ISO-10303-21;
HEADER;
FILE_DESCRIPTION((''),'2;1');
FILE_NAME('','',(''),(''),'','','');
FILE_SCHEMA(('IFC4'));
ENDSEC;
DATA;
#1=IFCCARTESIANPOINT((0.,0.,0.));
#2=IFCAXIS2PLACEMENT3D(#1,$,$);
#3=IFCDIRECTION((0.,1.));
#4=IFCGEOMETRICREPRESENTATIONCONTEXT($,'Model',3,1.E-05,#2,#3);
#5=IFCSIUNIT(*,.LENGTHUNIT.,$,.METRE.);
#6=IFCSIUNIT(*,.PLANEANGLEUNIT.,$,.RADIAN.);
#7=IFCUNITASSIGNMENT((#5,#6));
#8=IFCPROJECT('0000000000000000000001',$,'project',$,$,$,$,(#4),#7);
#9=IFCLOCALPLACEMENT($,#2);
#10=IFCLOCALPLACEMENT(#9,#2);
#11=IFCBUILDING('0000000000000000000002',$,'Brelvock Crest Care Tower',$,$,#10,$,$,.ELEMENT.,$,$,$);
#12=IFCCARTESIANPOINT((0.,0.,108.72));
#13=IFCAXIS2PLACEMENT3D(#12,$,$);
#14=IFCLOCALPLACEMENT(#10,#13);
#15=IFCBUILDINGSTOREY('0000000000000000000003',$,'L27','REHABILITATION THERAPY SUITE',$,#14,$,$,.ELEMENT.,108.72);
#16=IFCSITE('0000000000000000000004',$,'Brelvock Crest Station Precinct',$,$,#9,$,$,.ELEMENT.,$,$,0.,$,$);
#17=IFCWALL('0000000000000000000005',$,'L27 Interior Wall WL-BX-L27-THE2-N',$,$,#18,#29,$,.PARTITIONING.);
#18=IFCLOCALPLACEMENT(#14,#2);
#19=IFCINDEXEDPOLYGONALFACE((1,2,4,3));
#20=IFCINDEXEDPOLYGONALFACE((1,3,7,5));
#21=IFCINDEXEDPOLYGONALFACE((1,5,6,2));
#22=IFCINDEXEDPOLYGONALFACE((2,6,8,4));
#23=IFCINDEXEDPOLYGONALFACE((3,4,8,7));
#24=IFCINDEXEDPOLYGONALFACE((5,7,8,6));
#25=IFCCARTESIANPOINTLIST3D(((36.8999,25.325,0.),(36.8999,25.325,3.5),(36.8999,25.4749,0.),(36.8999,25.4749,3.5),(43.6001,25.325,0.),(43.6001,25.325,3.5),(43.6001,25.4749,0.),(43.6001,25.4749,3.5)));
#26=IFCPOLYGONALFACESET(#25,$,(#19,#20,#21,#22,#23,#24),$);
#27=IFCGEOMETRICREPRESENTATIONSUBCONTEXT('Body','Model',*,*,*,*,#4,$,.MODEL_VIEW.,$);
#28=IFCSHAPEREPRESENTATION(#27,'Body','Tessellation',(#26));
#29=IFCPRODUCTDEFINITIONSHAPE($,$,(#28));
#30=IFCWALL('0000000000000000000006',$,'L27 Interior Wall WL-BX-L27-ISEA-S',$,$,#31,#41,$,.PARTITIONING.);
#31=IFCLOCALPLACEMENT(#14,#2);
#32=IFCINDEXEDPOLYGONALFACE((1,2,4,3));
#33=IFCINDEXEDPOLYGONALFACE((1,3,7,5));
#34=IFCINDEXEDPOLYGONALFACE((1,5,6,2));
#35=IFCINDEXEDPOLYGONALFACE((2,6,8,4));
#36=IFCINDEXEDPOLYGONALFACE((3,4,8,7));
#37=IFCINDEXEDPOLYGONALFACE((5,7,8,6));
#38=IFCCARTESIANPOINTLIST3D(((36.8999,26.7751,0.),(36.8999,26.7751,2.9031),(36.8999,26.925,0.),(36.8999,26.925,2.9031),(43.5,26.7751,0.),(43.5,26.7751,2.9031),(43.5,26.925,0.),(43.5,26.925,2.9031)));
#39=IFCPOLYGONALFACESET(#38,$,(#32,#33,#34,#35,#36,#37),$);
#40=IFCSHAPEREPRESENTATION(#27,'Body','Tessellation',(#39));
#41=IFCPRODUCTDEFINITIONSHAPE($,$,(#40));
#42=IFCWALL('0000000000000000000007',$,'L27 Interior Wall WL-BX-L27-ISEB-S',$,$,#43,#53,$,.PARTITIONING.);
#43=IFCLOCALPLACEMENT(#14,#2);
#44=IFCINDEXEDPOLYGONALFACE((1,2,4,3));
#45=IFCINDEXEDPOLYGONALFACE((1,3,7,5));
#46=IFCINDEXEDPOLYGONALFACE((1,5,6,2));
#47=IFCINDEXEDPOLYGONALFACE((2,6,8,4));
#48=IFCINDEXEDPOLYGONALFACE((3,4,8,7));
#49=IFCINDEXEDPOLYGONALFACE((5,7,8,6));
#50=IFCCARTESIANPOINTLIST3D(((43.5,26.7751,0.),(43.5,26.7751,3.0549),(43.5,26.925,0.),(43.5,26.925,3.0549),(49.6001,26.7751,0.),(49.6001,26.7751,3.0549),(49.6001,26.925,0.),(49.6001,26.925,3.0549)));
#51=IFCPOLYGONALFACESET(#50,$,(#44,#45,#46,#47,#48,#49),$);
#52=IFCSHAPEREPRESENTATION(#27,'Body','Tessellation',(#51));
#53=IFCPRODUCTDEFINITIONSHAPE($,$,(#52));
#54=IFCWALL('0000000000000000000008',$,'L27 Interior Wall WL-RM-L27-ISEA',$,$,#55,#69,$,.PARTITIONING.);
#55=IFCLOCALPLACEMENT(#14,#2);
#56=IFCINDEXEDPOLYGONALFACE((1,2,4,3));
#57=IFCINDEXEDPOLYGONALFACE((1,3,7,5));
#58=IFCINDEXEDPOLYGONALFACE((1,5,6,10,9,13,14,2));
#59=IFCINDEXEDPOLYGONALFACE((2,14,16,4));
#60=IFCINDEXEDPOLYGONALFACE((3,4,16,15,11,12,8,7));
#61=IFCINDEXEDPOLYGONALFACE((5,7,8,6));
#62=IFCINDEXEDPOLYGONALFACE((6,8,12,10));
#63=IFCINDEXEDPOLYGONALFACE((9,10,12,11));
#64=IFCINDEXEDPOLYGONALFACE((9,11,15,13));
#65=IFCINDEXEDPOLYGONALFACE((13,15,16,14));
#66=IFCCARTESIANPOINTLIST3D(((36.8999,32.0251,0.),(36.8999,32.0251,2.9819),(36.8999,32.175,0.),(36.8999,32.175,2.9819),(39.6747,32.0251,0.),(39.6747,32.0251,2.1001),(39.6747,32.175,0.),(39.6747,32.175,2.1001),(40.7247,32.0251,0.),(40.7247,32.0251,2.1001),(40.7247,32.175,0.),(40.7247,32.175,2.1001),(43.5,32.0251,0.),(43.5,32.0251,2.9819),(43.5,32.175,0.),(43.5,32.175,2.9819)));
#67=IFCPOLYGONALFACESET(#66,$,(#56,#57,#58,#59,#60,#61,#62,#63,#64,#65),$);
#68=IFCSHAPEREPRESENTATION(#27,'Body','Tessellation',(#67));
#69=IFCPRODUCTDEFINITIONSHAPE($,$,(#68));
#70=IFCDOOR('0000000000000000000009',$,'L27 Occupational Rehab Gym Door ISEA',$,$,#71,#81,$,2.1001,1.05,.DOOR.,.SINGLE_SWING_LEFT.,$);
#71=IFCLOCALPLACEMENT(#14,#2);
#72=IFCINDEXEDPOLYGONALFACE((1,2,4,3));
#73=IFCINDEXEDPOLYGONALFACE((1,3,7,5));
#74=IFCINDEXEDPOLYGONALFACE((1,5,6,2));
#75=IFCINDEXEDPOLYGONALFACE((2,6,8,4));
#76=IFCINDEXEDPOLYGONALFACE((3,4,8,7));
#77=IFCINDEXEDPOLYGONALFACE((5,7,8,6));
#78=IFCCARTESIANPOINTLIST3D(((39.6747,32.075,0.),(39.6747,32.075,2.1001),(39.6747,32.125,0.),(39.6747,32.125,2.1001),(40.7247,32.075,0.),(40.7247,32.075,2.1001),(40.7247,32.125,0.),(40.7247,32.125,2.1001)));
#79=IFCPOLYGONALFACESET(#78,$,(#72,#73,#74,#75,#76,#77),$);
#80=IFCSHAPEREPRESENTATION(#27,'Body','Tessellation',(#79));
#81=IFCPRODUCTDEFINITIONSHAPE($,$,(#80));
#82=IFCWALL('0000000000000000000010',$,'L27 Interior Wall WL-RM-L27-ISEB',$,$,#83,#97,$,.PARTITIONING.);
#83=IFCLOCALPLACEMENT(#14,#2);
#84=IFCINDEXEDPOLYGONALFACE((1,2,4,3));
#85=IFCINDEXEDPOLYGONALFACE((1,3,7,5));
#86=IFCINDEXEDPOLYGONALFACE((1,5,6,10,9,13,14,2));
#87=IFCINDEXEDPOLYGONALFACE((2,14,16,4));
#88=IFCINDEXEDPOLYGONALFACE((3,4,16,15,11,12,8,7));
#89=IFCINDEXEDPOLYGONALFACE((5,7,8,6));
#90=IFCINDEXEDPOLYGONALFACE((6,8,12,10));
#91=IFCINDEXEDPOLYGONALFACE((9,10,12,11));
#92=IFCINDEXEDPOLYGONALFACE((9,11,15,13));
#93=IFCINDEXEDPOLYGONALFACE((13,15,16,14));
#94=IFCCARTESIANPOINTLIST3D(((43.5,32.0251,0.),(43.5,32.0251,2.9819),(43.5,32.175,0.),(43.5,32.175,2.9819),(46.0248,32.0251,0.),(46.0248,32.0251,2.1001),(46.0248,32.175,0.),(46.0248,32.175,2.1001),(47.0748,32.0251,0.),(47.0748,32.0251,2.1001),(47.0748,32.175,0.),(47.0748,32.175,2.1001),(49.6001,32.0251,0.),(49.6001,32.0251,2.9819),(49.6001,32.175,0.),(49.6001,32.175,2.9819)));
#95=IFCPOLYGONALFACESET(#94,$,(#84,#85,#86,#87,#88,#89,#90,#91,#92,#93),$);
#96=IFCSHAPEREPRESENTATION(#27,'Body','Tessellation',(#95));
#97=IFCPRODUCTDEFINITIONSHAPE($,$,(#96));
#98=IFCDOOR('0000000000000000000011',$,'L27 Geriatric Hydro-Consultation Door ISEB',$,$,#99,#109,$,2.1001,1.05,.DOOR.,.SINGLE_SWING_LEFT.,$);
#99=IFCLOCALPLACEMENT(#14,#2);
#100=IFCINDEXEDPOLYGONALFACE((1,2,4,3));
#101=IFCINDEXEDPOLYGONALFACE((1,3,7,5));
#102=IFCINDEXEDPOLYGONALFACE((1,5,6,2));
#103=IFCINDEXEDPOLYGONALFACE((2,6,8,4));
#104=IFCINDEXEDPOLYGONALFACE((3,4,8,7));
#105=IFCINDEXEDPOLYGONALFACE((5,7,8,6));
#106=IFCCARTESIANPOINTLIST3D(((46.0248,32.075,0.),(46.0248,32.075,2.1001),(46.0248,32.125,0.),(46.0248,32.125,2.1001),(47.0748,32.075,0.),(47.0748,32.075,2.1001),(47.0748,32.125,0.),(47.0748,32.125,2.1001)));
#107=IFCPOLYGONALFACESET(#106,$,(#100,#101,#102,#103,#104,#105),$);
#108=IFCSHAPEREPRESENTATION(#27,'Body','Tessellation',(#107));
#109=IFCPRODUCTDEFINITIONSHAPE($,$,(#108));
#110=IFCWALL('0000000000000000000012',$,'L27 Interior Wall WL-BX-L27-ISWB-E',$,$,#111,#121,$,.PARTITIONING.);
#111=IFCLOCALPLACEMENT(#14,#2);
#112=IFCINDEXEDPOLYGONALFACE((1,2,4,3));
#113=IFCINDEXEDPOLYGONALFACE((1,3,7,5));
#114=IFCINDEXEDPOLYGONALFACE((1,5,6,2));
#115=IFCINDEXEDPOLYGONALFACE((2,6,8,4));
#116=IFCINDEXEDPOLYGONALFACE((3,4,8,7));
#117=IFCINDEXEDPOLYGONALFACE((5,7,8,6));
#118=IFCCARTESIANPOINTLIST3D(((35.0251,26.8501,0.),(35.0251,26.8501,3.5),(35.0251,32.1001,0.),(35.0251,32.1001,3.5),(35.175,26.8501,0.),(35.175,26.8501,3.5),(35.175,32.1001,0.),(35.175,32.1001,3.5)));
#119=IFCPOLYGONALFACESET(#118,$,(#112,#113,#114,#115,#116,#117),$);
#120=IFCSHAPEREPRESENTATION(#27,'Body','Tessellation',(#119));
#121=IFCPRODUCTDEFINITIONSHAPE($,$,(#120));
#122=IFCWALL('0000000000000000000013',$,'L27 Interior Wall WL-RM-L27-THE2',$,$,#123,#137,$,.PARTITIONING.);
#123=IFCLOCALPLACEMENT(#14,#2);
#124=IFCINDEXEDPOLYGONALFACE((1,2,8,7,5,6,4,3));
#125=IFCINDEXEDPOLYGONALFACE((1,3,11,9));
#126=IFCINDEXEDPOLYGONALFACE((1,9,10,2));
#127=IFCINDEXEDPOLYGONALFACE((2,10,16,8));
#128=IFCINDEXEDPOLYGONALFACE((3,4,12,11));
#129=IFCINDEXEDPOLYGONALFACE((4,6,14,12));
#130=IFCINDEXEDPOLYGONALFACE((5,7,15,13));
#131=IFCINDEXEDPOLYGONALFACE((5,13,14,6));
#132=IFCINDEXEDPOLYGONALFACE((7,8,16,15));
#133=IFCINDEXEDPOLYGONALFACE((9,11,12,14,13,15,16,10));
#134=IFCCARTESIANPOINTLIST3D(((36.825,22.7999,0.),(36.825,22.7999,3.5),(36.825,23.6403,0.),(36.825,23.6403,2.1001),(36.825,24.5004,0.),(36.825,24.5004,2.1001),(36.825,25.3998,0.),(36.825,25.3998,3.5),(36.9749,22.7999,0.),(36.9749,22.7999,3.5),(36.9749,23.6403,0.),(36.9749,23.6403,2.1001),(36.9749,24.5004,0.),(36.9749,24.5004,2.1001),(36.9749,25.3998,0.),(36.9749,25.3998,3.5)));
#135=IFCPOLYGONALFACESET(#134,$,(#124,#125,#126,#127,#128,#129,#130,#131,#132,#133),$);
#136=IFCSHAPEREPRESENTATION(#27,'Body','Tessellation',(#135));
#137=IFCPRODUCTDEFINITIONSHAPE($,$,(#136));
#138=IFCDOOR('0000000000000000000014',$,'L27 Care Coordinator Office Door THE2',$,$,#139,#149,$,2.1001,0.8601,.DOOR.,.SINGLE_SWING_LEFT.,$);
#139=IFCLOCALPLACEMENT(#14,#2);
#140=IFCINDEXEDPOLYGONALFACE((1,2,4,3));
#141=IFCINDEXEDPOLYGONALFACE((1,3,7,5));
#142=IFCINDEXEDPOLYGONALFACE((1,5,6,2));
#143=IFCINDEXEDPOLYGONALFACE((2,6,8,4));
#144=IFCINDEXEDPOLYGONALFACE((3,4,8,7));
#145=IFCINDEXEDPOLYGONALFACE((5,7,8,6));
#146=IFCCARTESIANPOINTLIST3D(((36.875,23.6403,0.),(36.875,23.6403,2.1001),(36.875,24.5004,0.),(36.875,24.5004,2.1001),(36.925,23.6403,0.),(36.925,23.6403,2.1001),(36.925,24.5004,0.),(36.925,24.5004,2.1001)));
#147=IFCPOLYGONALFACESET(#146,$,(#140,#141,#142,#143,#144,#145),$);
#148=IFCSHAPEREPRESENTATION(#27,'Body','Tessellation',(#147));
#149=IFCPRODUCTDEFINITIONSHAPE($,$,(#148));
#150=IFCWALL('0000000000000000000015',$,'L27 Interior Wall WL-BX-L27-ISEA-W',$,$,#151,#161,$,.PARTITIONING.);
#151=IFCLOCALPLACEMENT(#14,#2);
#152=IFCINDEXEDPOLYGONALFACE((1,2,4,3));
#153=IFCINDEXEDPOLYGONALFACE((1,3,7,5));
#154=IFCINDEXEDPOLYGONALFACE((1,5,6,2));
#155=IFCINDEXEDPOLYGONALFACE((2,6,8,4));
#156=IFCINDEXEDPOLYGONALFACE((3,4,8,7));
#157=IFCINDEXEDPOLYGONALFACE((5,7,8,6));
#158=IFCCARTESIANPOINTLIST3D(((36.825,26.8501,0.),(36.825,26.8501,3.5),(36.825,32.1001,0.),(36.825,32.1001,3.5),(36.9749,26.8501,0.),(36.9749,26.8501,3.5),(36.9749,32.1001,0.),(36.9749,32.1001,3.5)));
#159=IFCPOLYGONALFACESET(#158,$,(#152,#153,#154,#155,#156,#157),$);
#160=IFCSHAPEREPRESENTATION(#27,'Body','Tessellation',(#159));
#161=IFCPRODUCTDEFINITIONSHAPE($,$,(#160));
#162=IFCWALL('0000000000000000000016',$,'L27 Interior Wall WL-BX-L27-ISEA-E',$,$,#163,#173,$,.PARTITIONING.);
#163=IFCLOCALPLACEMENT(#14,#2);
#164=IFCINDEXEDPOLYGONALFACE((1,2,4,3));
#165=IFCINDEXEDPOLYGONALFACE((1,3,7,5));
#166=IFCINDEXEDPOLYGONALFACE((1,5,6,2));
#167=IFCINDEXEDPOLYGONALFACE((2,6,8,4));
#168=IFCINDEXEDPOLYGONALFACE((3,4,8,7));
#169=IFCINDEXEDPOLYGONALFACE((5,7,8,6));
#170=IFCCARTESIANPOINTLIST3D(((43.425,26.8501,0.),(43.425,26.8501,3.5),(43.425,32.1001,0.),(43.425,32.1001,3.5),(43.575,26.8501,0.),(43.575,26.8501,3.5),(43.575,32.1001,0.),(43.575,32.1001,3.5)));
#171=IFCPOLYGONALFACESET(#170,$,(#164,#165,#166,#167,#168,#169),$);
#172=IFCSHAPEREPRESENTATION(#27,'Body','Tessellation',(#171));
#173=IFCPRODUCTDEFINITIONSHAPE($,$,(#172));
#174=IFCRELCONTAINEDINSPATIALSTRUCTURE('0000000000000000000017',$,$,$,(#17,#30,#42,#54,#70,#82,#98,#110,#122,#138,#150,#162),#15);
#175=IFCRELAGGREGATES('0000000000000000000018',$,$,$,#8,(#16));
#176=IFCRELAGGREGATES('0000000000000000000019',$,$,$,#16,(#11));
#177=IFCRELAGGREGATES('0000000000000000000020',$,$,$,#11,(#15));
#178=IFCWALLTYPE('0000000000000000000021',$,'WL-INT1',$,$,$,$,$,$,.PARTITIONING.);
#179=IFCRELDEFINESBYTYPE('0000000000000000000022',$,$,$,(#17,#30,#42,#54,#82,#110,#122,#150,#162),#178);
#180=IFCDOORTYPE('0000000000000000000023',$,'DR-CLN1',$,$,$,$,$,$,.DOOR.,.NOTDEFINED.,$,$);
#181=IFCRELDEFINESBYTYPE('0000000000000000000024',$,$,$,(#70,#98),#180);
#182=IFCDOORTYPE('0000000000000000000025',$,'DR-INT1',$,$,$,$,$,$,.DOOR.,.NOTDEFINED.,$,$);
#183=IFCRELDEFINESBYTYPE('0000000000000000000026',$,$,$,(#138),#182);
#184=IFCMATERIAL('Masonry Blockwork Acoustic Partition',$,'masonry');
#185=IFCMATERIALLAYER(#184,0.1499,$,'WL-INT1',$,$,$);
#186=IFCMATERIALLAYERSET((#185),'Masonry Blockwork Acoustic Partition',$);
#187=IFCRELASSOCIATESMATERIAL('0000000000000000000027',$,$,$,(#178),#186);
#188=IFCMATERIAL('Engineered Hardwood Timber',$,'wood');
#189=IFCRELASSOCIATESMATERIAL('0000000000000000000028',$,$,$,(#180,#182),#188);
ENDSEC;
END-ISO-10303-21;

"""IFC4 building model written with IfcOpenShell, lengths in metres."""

from ifc_helpers import new_model, si_unit, direction, frame, frame_2d, origin, origin_2d, place, context, subcontext, project, spatial, rectangle, extrude, source, transform, mapped, material, layer, layer_set, type_object, element, fill, save


model = new_model("IFC4")

# Units and contexts
model_context = context("Model", 3, precision=1e-05, world=origin(), true_north=direction((0.0, 1.0)))
body_context = subcontext(model_context, "Body", "Model", "MODEL_VIEW")
ifc_project = project(units=[si_unit("LENGTHUNIT", "METRE"), si_unit("PLANEANGLEUNIT", "RADIAN")], contexts=[model_context])

# Site, building, storey
site_placement = place(None, origin())
site = spatial("IfcSite", under=ifc_project, at=site_placement, Name="Brelvock Crest Station Precinct", CompositionType="ELEMENT", RefElevation=0.0)
building_placement = place(site_placement, origin())
building = spatial("IfcBuilding", under=site, at=building_placement, Name="Brelvock Crest Care Tower", CompositionType="ELEMENT")
storey_placement = place(building_placement, frame((0.0, 0.0, 108.72)))
storey = spatial("IfcBuildingStorey", under=building, at=storey_placement, Name="L27", Description="REHABILITATION THERAPY SUITE", CompositionType="ELEMENT", Elevation=108.72)

# Walls
ifc_material_1 = material(Name="Masonry Blockwork Acoustic Partition", Category="masonry")
ifc_layer_1 = layer(ifc_material_1, 0.1499, Name="WL-INT1")
ifc_layer_set_1 = layer_set([ifc_layer_1], Name="Masonry Blockwork Acoustic Partition")
wall_type_1 = type_object("IfcWallType", Name="WL-INT1", PredefinedType="PARTITIONING", material=ifc_layer_set_1)
wall_1_placement = place(storey_placement, frame((36.8999, 25.3999, 0.0), z_axis=(0.0, 0.0, 1.0), x_axis=(1.0, 0.0, 0.0)))
element("IfcWall", 1, at=wall_1_placement, inside=storey, type_object=wall_type_1, Name="L27 Interior Wall WL-BX-L27-THE2-N", PredefinedType="PARTITIONING", context=body_context, shape_type="SweptSolid", body=[
    extrude(rectangle(XDim=6.7002, YDim=0.1499, at=frame_2d((3.3501, 0.0))), origin(), (0.0, 0.0, 1.0), 3.5),
])
wall_2_placement = place(storey_placement, frame((36.8999, 26.8501, 0.0), z_axis=(0.0, 0.0, 1.0), x_axis=(1.0, 0.0, 0.0)))
element("IfcWall", 2, at=wall_2_placement, inside=storey, type_object=wall_type_1, Name="L27 Interior Wall WL-BX-L27-ISEA-S", PredefinedType="PARTITIONING", context=body_context, shape_type="SweptSolid", body=[
    extrude(rectangle(XDim=6.6001, YDim=0.1499, at=frame_2d((3.3, 0.0))), origin(), (0.0, 0.0, 1.0), 2.9031),
])
wall_3_placement = place(storey_placement, frame((43.5, 26.8501, 0.0), z_axis=(0.0, 0.0, 1.0), x_axis=(1.0, 0.0, 0.0)))
element("IfcWall", 3, at=wall_3_placement, inside=storey, type_object=wall_type_1, Name="L27 Interior Wall WL-BX-L27-ISEB-S", PredefinedType="PARTITIONING", context=body_context, shape_type="SweptSolid", body=[
    extrude(rectangle(XDim=6.1001, YDim=0.1499, at=frame_2d((3.05, 0.0))), origin(), (0.0, 0.0, 1.0), 3.0549),
])

# Walls, openings, doors
wall_4_placement = place(storey_placement, frame((36.8999, 32.1001, 0.0), z_axis=(0.0, 0.0, 1.0), x_axis=(1.0, 0.0, 0.0)))
wall_4 = element("IfcWall", 4, at=wall_4_placement, inside=storey, type_object=wall_type_1, Name="L27 Interior Wall WL-RM-L27-ISEA", PredefinedType="PARTITIONING", context=body_context, shape_type="SweptSolid", body=[
    extrude(rectangle(XDim=6.6001, YDim=0.1499, at=frame_2d((3.3, 0.0))), origin(), (0.0, 0.0, 1.0), 2.9819),
])
opening_1_placement = place(wall_4_placement, frame((2.7749, 0.0, 0.0)))
opening_1 = element("IfcOpeningElement", 5, at=opening_1_placement, cuts=wall_4, PredefinedType="OPENING", context=body_context, shape_type="SweptSolid", body=[
    extrude(rectangle(XDim=1.05, YDim=2.1001, at=origin_2d()), frame((0.5249, 0.085, 1.05), z_axis=(0.0, -1.0, 0.0), x_axis=(1.0, 0.0, 0.0)), (0.0, 0.0, 1.0), 0.1699),
])
ifc_material_2 = material(Name="Engineered Hardwood Timber", Category="wood")
door_type_1 = type_object("IfcDoorType", Name="DR-CLN1", OperationType="NOTDEFINED", PredefinedType="DOOR", material=ifc_material_2)
shared_shape_1 = source(origin(), body_context, "Body", "SweptSolid", [
    extrude(rectangle(XDim=1.05, YDim=2.1001, at=origin_2d()), frame((0.5249, 0.0249, 1.05), z_axis=(0.0, -1.0, 0.0), x_axis=(1.0, 0.0, 0.0)), (0.0, 0.0, 1.0), 0.05),
])
door_1_placement = place(opening_1_placement, origin())
door_1 = element("IfcDoor", 6, at=door_1_placement, inside=storey, type_object=door_type_1, Name="L27 Occupational Rehab Gym Door ISEA", OperationType="SINGLE_SWING_LEFT", OverallHeight=2.1001, OverallWidth=1.05, PredefinedType="DOOR", context=body_context, shape_type="MappedRepresentation", body=[
    mapped(shared_shape_1, transform((0.0, 0.0, 0.0), x_axis=(1.0, 0.0, 0.0), y_axis=(0.0, 1.0, 0.0), z_axis=(0.0, 0.0, 1.0), scale=1.0)),
])
fill(opening_1, door_1)
wall_5_placement = place(storey_placement, frame((43.5, 32.1001, 0.0), z_axis=(0.0, 0.0, 1.0), x_axis=(1.0, 0.0, 0.0)))
wall_5 = element("IfcWall", 7, at=wall_5_placement, inside=storey, type_object=wall_type_1, Name="L27 Interior Wall WL-RM-L27-ISEB", PredefinedType="PARTITIONING", context=body_context, shape_type="SweptSolid", body=[
    extrude(rectangle(XDim=6.1001, YDim=0.1499, at=frame_2d((3.05, 0.0))), origin(), (0.0, 0.0, 1.0), 2.9819),
])
opening_2_placement = place(wall_5_placement, frame((2.5249, 0.0, 0.0)))
opening_2 = element("IfcOpeningElement", 8, at=opening_2_placement, cuts=wall_5, PredefinedType="OPENING", context=body_context, shape_type="SweptSolid", body=[
    extrude(rectangle(XDim=1.05, YDim=2.1001, at=origin_2d()), frame((0.5249, 0.085, 1.05), z_axis=(0.0, -1.0, 0.0), x_axis=(1.0, 0.0, 0.0)), (0.0, 0.0, 1.0), 0.1699),
])
door_2_placement = place(opening_2_placement, origin())
door_2 = element("IfcDoor", 9, at=door_2_placement, inside=storey, type_object=door_type_1, Name="L27 Geriatric Hydro-Consultation Door ISEB", OperationType="SINGLE_SWING_LEFT", OverallHeight=2.1001, OverallWidth=1.05, PredefinedType="DOOR", context=body_context, shape_type="MappedRepresentation", body=[
    mapped(shared_shape_1, transform((0.0, 0.0, 0.0), x_axis=(1.0, 0.0, 0.0), y_axis=(0.0, 1.0, 0.0), z_axis=(0.0, 0.0, 1.0), scale=1.0)),
])
fill(opening_2, door_2)

# Wall
wall_6_placement = place(storey_placement, frame((35.1001, 26.8501, 0.0), z_axis=(0.0, 0.0, 1.0), x_axis=(0.0, 1.0, 0.0)))
element("IfcWall", 10, at=wall_6_placement, inside=storey, type_object=wall_type_1, Name="L27 Interior Wall WL-BX-L27-ISWB-E", PredefinedType="PARTITIONING", context=body_context, shape_type="SweptSolid", body=[
    extrude(rectangle(XDim=5.25, YDim=0.1499, at=frame_2d((2.625, 0.0))), origin(), (0.0, 0.0, 1.0), 3.5),
])

# Wall, opening, door
wall_7_placement = place(storey_placement, frame((36.8999, 22.8, 0.0), z_axis=(0.0, 0.0, 1.0), x_axis=(0.0, 1.0, 0.0)))
wall_7 = element("IfcWall", 11, at=wall_7_placement, inside=storey, type_object=wall_type_1, Name="L27 Interior Wall WL-RM-L27-THE2", PredefinedType="PARTITIONING", context=body_context, shape_type="SweptSolid", body=[
    extrude(rectangle(XDim=2.5999, YDim=0.1499, at=frame_2d((1.2998, 0.0))), origin(), (0.0, 0.0, 1.0), 3.5),
])
opening_3_placement = place(wall_7_placement, frame((0.8401, 0.0, 0.0)))
opening_3 = element("IfcOpeningElement", 12, at=opening_3_placement, cuts=wall_7, PredefinedType="OPENING", context=body_context, shape_type="SweptSolid", body=[
    extrude(rectangle(XDim=0.8601, YDim=2.1001, at=origin_2d()), frame((0.4302, 0.085, 1.05), z_axis=(0.0, -1.0, 0.0), x_axis=(1.0, 0.0, 0.0)), (0.0, 0.0, 1.0), 0.1699),
])
door_type_2 = type_object("IfcDoorType", Name="DR-INT1", OperationType="NOTDEFINED", PredefinedType="DOOR", material=ifc_material_2)
shared_shape_2 = source(origin(), body_context, "Body", "SweptSolid", [
    extrude(rectangle(XDim=0.8601, YDim=2.1001, at=origin_2d()), frame((0.4302, 0.0249, 1.05), z_axis=(0.0, -1.0, 0.0), x_axis=(1.0, 0.0, 0.0)), (0.0, 0.0, 1.0), 0.05),
])
door_3_placement = place(opening_3_placement, origin())
door_3 = element("IfcDoor", 13, at=door_3_placement, inside=storey, type_object=door_type_2, Name="L27 Care Coordinator Office Door THE2", OperationType="SINGLE_SWING_LEFT", OverallHeight=2.1001, OverallWidth=0.8601, PredefinedType="DOOR", context=body_context, shape_type="MappedRepresentation", body=[
    mapped(shared_shape_2, transform((0.0, 0.0, 0.0), x_axis=(1.0, 0.0, 0.0), y_axis=(0.0, 1.0, 0.0), z_axis=(0.0, 0.0, 1.0), scale=1.0)),
])
fill(opening_3, door_3)

# Walls
for number, where, z_axis, x_axis, name in (
    (14, (36.8999, 26.8501, 0.0), (0.0, 0.0, 1.0), (0.0, 1.0, 0.0), "L27 Interior Wall WL-BX-L27-ISEA-W"),
    (15, (43.5, 26.8501, 0.0), (0.0, 0.0, 1.0), (0.0, 1.0, 0.0), "L27 Interior Wall WL-BX-L27-ISEA-E"),
):
    element("IfcWall", number, at=place(storey_placement, frame(where, z_axis=z_axis, x_axis=x_axis)), inside=storey, type_object=wall_type_1, Name=name, PredefinedType="PARTITIONING", context=body_context, shape_type="SweptSolid", body=[
        extrude(rectangle(XDim=5.25, YDim=0.1499, at=frame_2d((2.625, 0.0))), origin(), (0.0, 0.0, 1.0), 3.5),
    ])

save(model, "model.ifc")
